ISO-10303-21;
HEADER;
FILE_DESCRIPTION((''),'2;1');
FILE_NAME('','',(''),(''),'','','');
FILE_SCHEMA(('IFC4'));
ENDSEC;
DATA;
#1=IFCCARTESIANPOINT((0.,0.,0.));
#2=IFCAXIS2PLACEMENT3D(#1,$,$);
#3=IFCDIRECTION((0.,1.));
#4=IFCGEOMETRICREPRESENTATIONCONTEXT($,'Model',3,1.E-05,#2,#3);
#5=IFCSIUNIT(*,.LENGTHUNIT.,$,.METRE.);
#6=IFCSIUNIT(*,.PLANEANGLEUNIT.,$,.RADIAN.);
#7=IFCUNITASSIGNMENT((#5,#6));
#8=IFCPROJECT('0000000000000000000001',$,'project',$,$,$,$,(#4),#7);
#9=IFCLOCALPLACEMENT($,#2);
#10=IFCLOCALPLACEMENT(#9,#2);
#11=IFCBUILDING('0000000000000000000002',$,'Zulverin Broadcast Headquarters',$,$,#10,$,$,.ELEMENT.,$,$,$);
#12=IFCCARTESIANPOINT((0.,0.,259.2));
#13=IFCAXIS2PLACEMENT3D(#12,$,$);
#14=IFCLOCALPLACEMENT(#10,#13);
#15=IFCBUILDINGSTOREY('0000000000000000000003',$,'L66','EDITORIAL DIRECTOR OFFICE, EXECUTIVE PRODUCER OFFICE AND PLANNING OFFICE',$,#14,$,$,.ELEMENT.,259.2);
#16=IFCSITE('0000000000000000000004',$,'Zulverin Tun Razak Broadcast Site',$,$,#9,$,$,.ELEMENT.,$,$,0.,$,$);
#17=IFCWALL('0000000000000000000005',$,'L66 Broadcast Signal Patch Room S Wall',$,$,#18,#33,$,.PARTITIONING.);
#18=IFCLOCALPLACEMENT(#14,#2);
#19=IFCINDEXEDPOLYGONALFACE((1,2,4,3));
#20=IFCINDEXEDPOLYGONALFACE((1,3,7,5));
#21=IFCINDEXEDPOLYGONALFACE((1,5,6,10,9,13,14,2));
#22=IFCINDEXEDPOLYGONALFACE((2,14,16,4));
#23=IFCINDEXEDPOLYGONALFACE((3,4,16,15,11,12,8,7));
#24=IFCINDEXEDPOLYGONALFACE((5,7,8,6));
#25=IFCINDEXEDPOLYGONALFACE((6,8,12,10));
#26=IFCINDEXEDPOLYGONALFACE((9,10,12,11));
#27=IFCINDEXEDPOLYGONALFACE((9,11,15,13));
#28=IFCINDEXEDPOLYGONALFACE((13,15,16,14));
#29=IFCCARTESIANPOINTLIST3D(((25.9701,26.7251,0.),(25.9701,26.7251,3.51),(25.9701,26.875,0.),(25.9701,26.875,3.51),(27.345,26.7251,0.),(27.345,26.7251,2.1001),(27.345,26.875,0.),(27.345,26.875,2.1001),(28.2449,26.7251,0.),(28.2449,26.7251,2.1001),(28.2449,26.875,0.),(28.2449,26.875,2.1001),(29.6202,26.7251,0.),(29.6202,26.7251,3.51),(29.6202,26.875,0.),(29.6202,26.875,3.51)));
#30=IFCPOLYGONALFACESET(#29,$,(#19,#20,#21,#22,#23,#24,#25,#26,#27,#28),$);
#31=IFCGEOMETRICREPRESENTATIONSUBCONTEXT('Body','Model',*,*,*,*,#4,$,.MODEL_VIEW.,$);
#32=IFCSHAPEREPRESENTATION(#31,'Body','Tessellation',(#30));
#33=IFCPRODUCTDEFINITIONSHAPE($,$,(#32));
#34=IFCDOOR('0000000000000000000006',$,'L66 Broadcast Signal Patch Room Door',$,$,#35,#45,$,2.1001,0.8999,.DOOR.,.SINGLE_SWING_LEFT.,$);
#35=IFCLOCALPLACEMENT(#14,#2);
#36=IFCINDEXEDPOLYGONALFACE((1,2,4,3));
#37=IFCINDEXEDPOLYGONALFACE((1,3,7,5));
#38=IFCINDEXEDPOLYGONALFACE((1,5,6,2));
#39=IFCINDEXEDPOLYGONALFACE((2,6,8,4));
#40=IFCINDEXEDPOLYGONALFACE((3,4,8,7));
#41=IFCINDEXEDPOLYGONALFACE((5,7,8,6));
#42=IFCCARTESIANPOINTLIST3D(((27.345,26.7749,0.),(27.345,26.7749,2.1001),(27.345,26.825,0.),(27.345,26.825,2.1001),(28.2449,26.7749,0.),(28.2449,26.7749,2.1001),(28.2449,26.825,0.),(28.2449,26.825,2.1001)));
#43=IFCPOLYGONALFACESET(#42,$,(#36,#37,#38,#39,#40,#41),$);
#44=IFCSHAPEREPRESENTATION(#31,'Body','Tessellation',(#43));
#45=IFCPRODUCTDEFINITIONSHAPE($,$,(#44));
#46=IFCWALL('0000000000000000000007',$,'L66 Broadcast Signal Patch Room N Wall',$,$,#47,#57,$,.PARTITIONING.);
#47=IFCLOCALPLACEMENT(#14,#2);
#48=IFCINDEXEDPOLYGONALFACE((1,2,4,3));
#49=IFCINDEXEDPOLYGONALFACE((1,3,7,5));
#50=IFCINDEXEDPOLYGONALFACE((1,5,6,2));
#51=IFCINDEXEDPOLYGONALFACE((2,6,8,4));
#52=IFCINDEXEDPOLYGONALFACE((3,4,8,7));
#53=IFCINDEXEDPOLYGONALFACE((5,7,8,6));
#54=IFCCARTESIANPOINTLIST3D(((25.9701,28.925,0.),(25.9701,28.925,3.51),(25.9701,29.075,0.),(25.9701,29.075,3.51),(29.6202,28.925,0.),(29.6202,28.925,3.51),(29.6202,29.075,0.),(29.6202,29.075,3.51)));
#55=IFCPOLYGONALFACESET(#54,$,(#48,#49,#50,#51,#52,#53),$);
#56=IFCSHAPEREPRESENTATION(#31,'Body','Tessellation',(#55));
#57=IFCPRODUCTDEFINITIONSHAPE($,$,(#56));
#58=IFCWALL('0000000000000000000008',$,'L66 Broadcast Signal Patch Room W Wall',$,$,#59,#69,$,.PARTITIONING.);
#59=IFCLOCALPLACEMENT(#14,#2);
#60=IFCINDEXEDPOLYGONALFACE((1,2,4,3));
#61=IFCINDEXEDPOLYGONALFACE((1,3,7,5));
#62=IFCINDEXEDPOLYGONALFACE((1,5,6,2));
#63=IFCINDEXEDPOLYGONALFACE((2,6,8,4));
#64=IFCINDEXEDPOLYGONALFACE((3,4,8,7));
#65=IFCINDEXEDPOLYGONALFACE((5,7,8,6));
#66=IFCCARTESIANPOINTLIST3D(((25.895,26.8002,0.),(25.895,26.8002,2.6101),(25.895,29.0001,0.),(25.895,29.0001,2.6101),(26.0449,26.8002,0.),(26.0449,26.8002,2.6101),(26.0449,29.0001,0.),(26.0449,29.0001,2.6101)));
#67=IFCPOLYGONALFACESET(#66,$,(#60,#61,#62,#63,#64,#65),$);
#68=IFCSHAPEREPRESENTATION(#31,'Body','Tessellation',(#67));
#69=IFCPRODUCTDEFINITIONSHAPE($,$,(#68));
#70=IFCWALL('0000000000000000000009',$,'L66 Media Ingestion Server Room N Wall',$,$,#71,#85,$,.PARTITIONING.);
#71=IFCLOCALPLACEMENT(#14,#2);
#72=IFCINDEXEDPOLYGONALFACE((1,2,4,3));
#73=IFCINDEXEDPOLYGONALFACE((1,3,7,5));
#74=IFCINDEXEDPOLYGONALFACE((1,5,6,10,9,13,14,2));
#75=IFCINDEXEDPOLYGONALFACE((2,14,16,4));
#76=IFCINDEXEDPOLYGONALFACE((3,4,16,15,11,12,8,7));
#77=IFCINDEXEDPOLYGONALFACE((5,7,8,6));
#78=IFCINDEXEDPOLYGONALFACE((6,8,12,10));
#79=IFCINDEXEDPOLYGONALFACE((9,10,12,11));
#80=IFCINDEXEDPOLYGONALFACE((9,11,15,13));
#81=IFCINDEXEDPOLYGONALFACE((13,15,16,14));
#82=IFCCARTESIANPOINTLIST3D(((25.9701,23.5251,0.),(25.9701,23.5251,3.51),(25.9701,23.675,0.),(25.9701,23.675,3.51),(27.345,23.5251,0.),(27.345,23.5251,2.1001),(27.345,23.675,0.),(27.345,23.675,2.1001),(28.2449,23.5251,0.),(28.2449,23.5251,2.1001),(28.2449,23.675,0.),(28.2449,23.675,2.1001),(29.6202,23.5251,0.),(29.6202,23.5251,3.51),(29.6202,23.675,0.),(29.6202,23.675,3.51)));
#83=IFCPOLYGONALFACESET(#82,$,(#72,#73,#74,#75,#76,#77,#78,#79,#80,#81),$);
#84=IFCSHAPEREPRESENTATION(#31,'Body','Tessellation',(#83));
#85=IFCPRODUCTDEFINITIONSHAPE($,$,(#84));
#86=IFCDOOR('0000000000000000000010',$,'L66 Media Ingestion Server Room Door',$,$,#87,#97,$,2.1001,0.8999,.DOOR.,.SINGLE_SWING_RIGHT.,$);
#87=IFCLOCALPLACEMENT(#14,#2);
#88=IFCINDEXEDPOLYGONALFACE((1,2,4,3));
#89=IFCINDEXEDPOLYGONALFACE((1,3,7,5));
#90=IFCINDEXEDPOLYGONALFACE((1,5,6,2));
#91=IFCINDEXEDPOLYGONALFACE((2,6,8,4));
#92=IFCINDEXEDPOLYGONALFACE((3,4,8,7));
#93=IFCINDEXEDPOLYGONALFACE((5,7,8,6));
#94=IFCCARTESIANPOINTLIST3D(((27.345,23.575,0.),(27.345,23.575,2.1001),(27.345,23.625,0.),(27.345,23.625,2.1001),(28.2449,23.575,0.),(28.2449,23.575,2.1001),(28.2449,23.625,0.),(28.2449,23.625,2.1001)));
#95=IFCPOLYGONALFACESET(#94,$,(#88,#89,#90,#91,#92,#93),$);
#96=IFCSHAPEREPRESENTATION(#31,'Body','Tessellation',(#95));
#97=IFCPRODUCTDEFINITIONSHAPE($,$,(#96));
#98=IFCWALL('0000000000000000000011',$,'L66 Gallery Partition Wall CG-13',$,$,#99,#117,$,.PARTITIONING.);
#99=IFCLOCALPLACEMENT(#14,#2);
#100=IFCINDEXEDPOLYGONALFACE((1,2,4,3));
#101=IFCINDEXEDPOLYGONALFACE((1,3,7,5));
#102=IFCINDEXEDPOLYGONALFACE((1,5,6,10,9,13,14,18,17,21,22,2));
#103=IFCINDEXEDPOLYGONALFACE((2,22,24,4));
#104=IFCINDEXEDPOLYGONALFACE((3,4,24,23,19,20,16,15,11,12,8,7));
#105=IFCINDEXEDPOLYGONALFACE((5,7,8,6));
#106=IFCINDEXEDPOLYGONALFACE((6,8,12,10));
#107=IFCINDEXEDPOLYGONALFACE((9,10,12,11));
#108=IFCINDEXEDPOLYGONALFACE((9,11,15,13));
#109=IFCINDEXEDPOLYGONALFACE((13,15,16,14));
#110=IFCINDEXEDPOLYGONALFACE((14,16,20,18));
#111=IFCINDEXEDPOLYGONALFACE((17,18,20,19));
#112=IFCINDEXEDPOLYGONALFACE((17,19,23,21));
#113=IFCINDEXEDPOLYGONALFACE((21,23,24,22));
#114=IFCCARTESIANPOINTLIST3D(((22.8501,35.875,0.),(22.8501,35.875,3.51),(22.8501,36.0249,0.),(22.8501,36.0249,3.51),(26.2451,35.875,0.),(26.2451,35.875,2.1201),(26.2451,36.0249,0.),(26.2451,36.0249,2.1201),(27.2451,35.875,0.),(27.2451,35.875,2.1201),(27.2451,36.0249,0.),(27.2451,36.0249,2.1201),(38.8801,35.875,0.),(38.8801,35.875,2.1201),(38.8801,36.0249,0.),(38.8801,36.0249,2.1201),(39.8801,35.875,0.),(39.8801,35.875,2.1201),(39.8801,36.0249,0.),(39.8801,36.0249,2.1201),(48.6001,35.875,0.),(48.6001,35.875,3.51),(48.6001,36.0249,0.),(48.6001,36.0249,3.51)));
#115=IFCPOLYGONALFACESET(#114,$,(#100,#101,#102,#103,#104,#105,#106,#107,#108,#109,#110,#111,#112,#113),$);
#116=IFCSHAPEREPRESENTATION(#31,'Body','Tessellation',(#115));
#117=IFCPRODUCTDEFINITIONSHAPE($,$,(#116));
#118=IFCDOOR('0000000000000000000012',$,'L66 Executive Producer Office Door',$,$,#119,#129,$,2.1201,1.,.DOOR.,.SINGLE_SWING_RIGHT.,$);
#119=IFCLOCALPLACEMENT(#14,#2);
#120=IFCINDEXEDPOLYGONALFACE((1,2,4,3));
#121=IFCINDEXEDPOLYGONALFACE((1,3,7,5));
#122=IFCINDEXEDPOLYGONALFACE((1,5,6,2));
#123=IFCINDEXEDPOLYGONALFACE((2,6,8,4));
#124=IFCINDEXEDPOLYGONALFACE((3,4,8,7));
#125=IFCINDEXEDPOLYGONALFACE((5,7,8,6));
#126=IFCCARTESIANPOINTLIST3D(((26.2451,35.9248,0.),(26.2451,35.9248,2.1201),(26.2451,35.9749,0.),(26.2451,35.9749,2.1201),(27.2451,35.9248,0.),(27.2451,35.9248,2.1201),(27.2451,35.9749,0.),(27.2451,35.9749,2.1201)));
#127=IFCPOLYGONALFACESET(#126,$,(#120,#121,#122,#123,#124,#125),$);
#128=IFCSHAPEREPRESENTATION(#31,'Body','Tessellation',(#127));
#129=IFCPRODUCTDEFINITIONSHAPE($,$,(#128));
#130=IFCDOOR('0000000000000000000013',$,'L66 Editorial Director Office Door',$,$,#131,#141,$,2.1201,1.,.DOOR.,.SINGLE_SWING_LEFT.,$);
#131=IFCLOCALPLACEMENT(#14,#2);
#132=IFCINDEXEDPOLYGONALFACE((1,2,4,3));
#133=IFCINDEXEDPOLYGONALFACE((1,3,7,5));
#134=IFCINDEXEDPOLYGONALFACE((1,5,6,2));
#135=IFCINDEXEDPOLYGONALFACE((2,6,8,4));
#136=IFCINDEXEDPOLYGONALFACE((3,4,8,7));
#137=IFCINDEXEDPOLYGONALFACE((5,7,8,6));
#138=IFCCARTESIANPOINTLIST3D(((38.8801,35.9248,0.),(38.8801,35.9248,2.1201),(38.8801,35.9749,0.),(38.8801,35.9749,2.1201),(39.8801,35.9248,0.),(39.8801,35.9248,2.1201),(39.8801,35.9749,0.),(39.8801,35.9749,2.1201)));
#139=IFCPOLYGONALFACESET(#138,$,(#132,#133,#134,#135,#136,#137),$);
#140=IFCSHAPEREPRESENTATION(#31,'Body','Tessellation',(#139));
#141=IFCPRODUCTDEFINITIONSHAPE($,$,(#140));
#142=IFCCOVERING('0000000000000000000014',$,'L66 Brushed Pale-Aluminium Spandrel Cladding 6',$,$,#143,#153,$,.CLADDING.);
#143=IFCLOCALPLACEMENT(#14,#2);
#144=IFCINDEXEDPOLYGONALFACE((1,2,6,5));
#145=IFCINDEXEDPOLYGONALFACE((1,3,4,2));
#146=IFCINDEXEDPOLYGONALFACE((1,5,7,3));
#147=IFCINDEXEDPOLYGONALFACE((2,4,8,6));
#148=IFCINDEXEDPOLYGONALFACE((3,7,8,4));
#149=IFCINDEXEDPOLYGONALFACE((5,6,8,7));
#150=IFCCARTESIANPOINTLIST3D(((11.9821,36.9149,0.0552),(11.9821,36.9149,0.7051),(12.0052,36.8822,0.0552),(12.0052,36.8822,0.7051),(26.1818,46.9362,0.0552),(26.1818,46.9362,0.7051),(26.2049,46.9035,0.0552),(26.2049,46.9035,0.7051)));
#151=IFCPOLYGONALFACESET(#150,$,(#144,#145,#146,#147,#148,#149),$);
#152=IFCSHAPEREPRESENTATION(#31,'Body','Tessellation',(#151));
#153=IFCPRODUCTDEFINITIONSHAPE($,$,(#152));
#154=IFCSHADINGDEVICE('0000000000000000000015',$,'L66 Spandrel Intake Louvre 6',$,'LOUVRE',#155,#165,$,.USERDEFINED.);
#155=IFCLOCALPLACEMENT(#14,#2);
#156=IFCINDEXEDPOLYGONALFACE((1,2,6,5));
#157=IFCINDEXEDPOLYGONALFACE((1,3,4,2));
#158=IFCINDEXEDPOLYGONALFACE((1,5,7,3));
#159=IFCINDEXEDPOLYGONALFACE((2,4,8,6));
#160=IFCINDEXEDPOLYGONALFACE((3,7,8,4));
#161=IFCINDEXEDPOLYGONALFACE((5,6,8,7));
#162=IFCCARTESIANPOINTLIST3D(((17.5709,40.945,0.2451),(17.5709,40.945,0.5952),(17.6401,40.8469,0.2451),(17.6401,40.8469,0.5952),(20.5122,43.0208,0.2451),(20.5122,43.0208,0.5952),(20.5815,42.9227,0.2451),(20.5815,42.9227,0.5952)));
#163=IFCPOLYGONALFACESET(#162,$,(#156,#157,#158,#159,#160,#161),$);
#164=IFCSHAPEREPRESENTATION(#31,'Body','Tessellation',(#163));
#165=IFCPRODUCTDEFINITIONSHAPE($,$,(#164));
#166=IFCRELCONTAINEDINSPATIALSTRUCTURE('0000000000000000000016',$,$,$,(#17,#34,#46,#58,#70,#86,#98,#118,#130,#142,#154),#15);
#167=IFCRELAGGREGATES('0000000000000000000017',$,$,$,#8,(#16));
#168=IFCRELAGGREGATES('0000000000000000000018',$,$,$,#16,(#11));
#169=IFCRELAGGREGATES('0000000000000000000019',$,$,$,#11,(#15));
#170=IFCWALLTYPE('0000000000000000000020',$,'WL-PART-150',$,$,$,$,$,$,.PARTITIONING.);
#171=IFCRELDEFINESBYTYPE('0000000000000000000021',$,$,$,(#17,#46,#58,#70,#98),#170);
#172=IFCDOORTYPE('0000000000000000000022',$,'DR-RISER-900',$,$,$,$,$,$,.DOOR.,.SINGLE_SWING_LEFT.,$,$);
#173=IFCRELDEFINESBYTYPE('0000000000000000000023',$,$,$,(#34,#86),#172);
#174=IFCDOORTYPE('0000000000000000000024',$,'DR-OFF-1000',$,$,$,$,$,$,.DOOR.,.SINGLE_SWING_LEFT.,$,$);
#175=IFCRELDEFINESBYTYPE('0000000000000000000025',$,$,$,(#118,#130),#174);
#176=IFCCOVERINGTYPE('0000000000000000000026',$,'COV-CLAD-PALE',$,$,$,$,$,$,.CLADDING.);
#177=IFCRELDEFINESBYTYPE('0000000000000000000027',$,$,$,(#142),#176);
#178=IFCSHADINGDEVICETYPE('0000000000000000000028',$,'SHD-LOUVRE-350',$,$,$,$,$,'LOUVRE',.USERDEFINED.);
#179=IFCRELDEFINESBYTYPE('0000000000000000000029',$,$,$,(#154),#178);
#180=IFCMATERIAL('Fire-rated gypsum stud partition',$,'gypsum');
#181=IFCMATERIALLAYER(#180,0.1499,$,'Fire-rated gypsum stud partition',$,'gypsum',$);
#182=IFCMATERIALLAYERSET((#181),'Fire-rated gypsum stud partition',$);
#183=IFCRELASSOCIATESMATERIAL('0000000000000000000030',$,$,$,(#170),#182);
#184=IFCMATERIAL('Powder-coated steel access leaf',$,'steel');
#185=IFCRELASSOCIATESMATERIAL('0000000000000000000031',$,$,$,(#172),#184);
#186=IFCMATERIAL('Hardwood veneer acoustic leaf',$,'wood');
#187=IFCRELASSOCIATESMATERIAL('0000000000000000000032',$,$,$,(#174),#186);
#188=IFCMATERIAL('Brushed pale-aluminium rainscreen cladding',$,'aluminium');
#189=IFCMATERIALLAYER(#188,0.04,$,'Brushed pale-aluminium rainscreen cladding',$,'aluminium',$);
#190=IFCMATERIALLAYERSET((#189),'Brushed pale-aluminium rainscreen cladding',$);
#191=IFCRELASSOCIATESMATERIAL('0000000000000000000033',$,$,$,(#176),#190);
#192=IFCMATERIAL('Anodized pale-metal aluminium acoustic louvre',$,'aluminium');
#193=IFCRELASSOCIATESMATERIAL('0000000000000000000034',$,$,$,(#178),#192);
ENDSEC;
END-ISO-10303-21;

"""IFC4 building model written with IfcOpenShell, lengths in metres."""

from ifc_helpers import new_model, si_unit, direction, frame, frame_2d, origin, origin_2d, place, context, subcontext, project, spatial, rectangle, extrude, material, layer, layer_set, type_object, element, fill, save


model = new_model("IFC4")

# Units and contexts
model_context = context("Model", 3, precision=1e-05, world=origin(), true_north=direction((0.0, 1.0)))
body_context = subcontext(model_context, "Body", "Model", "MODEL_VIEW")
ifc_project = project(units=[si_unit("LENGTHUNIT", "METRE"), si_unit("PLANEANGLEUNIT", "RADIAN")], contexts=[model_context])

# Site, building, storey
site_placement = place(None, origin())
site = spatial("IfcSite", under=ifc_project, at=site_placement, Name="Zulverin Tun Razak Broadcast Site", CompositionType="ELEMENT", RefElevation=0.0)
building_placement = place(site_placement, origin())
building = spatial("IfcBuilding", under=site, at=building_placement, Name="Zulverin Broadcast Headquarters", CompositionType="ELEMENT")
storey_placement = place(building_placement, frame((0.0, 0.0, 259.2)))
storey = spatial("IfcBuildingStorey", under=building, at=storey_placement, Name="L66", Description="EDITORIAL DIRECTOR OFFICE, EXECUTIVE PRODUCER OFFICE AND PLANNING OFFICE", CompositionType="ELEMENT", Elevation=259.2)

# Wall, opening, door
ifc_material_1 = material(Name="Fire-rated gypsum stud partition", Category="gypsum")
ifc_layer_1 = layer(ifc_material_1, 0.1499, Name="Fire-rated gypsum stud partition", Category="gypsum")
ifc_layer_set_1 = layer_set([ifc_layer_1], Name="Fire-rated gypsum stud partition")
wall_type_1 = type_object("IfcWallType", Name="WL-PART-150", PredefinedType="PARTITIONING", material=ifc_layer_set_1)
wall_1_placement = place(storey_placement, frame((25.97, 26.8, 0.0), z_axis=(0.0, 0.0, 1.0), x_axis=(1.0, 0.0, 0.0)))
wall_1 = element("IfcWall", 1, at=wall_1_placement, inside=storey, type_object=wall_type_1, Name="L66 Broadcast Signal Patch Room S Wall", PredefinedType="PARTITIONING", context=body_context, shape_type="SweptSolid", body=[
    extrude(rectangle(XDim=3.6501, YDim=0.1499, at=frame_2d((1.8252, 0.0))), origin(), (0.0, 0.0, 1.0), 3.51),
])
opening_1_placement = place(wall_1_placement, frame((1.375, 0.0, 0.0)))
opening_1 = element("IfcOpeningElement", 2, at=opening_1_placement, cuts=wall_1, PredefinedType="OPENING", context=body_context, shape_type="SweptSolid", body=[
    extrude(rectangle(XDim=0.8999, YDim=2.1001, at=frame_2d((0.45, 1.05))), frame((0.0, 0.085, 0.0), z_axis=(0.0, -1.0, 0.0), x_axis=(1.0, 0.0, 0.0)), (0.0, 0.0, 1.0), 0.1699),
])
ifc_material_2 = material(Name="Powder-coated steel access leaf", Category="steel")
door_type_1 = type_object("IfcDoorType", Name="DR-RISER-900", OperationType="SINGLE_SWING_LEFT", PredefinedType="DOOR", material=ifc_material_2)
door_1_placement = place(opening_1_placement, origin())
door_1 = element("IfcDoor", 3, at=door_1_placement, inside=storey, type_object=door_type_1, Name="L66 Broadcast Signal Patch Room Door", OperationType="SINGLE_SWING_LEFT", OverallHeight=2.1001, OverallWidth=0.8999, PredefinedType="DOOR", context=body_context, shape_type="SweptSolid", body=[
    extrude(rectangle(XDim=0.8999, YDim=2.1001, at=frame_2d((0.45, 1.05))), frame((0.0, 0.0249, 0.0), z_axis=(0.0, -1.0, 0.0), x_axis=(1.0, 0.0, 0.0)), (0.0, 0.0, 1.0), 0.05),
])
fill(opening_1, door_1)

# Walls
wall_2_placement = place(storey_placement, frame((25.97, 29.0, 0.0), z_axis=(0.0, 0.0, 1.0), x_axis=(1.0, 0.0, 0.0)))
element("IfcWall", 4, at=wall_2_placement, inside=storey, type_object=wall_type_1, Name="L66 Broadcast Signal Patch Room N Wall", PredefinedType="PARTITIONING", context=body_context, shape_type="SweptSolid", body=[
    extrude(rectangle(XDim=3.6501, YDim=0.1499, at=frame_2d((1.8252, 0.0))), origin(), (0.0, 0.0, 1.0), 3.51),
])
wall_3_placement = place(storey_placement, frame((25.97, 26.8, 0.0), z_axis=(0.0, 0.0, 1.0), x_axis=(0.0, 1.0, 0.0)))
element("IfcWall", 5, at=wall_3_placement, inside=storey, type_object=wall_type_1, Name="L66 Broadcast Signal Patch Room W Wall", PredefinedType="PARTITIONING", context=body_context, shape_type="SweptSolid", body=[
    extrude(rectangle(XDim=2.2, YDim=0.1499, at=frame_2d((1.1001, 0.0))), origin(), (0.0, 0.0, 1.0), 2.6101),
])

# Wall, opening, door
wall_4_placement = place(storey_placement, frame((25.97, 23.6001, 0.0), z_axis=(0.0, 0.0, 1.0), x_axis=(1.0, 0.0, 0.0)))
wall_4 = element("IfcWall", 6, at=wall_4_placement, inside=storey, type_object=wall_type_1, Name="L66 Media Ingestion Server Room N Wall", PredefinedType="PARTITIONING", context=body_context, shape_type="SweptSolid", body=[
    extrude(rectangle(XDim=3.6501, YDim=0.1499, at=frame_2d((1.8252, 0.0))), origin(), (0.0, 0.0, 1.0), 3.51),
])
opening_2_placement = place(wall_4_placement, frame((1.375, 0.0, 0.0)))
opening_2 = element("IfcOpeningElement", 7, at=opening_2_placement, cuts=wall_4, PredefinedType="OPENING", context=body_context, shape_type="SweptSolid", body=[
    extrude(rectangle(XDim=0.8999, YDim=2.1001, at=frame_2d((0.45, 1.05))), frame((0.0, 0.085, 0.0), z_axis=(0.0, -1.0, 0.0), x_axis=(1.0, 0.0, 0.0)), (0.0, 0.0, 1.0), 0.1699),
])
door_2_placement = place(opening_2_placement, origin())
door_2 = element("IfcDoor", 8, at=door_2_placement, inside=storey, type_object=door_type_1, Name="L66 Media Ingestion Server Room Door", OperationType="SINGLE_SWING_RIGHT", OverallHeight=2.1001, OverallWidth=0.8999, PredefinedType="DOOR", context=body_context, shape_type="SweptSolid", body=[
    extrude(rectangle(XDim=0.8999, YDim=2.1001, at=frame_2d((0.45, 1.05))), frame((0.0, 0.0249, 0.0), z_axis=(0.0, -1.0, 0.0), x_axis=(1.0, 0.0, 0.0)), (0.0, 0.0, 1.0), 0.05),
])
fill(opening_2, door_2)

# Wall, openings, doors
wall_5_placement = place(storey_placement, frame((22.8501, 35.95, 0.0), z_axis=(0.0, 0.0, 1.0), x_axis=(1.0, 0.0, 0.0)))
wall_5 = element("IfcWall", 9, at=wall_5_placement, inside=storey, type_object=wall_type_1, Name="L66 Gallery Partition Wall CG-13", PredefinedType="PARTITIONING", context=body_context, shape_type="SweptSolid", body=[
    extrude(rectangle(XDim=25.75, YDim=0.1499, at=frame_2d((12.875, 0.0))), origin(), (0.0, 0.0, 1.0), 3.51),
])
opening_3_placement = place(wall_5_placement, frame((3.395, 0.0, 0.0)))
opening_3 = element("IfcOpeningElement", 10, at=opening_3_placement, cuts=wall_5, PredefinedType="OPENING", context=body_context, shape_type="SweptSolid", body=[
    extrude(rectangle(XDim=1.0, YDim=2.1201, at=frame_2d((0.5, 1.0601))), frame((0.0, 0.085, 0.0), z_axis=(0.0, -1.0, 0.0), x_axis=(1.0, 0.0, 0.0)), (0.0, 0.0, 1.0), 0.1699),
])
opening_4_placement = place(wall_5_placement, frame((16.03, 0.0, 0.0)))
opening_4 = element("IfcOpeningElement", 11, at=opening_4_placement, cuts=wall_5, PredefinedType="OPENING", context=body_context, shape_type="SweptSolid", body=[
    extrude(rectangle(XDim=1.0, YDim=2.1201, at=frame_2d((0.5, 1.0601))), frame((0.0, 0.085, 0.0), z_axis=(0.0, -1.0, 0.0), x_axis=(1.0, 0.0, 0.0)), (0.0, 0.0, 1.0), 0.1699),
])
ifc_material_3 = material(Name="Hardwood veneer acoustic leaf", Category="wood")
door_type_2 = type_object("IfcDoorType", Name="DR-OFF-1000", OperationType="SINGLE_SWING_LEFT", PredefinedType="DOOR", material=ifc_material_3)
door_3_placement = place(opening_3_placement, origin())
door_3 = element("IfcDoor", 12, at=door_3_placement, inside=storey, type_object=door_type_2, Name="L66 Executive Producer Office Door", OperationType="SINGLE_SWING_RIGHT", OverallHeight=2.1201, OverallWidth=1.0, PredefinedType="DOOR", context=body_context, shape_type="SweptSolid", body=[
    extrude(rectangle(XDim=1.0, YDim=2.1201, at=frame_2d((0.5, 1.0601))), frame((0.0, 0.0249, 0.0), z_axis=(0.0, -1.0, 0.0), x_axis=(1.0, 0.0, 0.0)), (0.0, 0.0, 1.0), 0.05),
])
fill(opening_3, door_3)
door_4_placement = place(opening_4_placement, origin())
door_4 = element("IfcDoor", 13, at=door_4_placement, inside=storey, type_object=door_type_2, Name="L66 Editorial Director Office Door", OperationType="SINGLE_SWING_LEFT", OverallHeight=2.1201, OverallWidth=1.0, PredefinedType="DOOR", context=body_context, shape_type="SweptSolid", body=[
    extrude(rectangle(XDim=1.0, YDim=2.1201, at=frame_2d((0.5, 1.0601))), frame((0.0, 0.0249, 0.0), z_axis=(0.0, -1.0, 0.0), x_axis=(1.0, 0.0, 0.0)), (0.0, 0.0, 1.0), 0.05),
])
fill(opening_4, door_4)

# Covering
ifc_material_4 = material(Name="Brushed pale-aluminium rainscreen cladding", Category="aluminium")
ifc_layer_2 = layer(ifc_material_4, 0.04, Name="Brushed pale-aluminium rainscreen cladding", Category="aluminium")
ifc_layer_set_2 = layer_set([ifc_layer_2], Name="Brushed pale-aluminium rainscreen cladding")
covering_type = type_object("IfcCoveringType", Name="COV-CLAD-PALE", PredefinedType="CLADDING", material=ifc_layer_set_2)
covering_placement = place(storey_placement, frame((19.0935, 41.9092, 0.0552), z_axis=(0.0, 0.0, 1.0), x_axis=(-0.817023, -0.576605, 0.0)))
element("IfcCovering", 14, at=covering_placement, inside=storey, type_object=covering_type, Name="L66 Brushed Pale-Aluminium Spandrel Cladding 6", PredefinedType="CLADDING", context=body_context, shape_type="SweptSolid", body=[
    extrude(rectangle(XDim=17.3799, YDim=0.04, at=origin_2d()), origin(), (0.0, 0.0, 1.0), 0.6499),
])

# Shading device
ifc_material_5 = material(Name="Anodized pale-metal aluminium acoustic louvre", Category="aluminium")
shading_device_type_1 = type_object("IfcShadingDeviceType", Name="SHD-LOUVRE-350", ElementType="LOUVRE", PredefinedType="USERDEFINED", material=ifc_material_5)
shading_device_1_placement = place(storey_placement, frame((19.0762, 41.9338, 0.2451), z_axis=(0.0, 0.0, 1.0), x_axis=(-0.817023, -0.576605, 0.0)))
element("IfcShadingDevice", 15, at=shading_device_1_placement, inside=storey, type_object=shading_device_type_1, Name="L66 Spandrel Intake Louvre 6", ObjectType="LOUVRE", PredefinedType="USERDEFINED", context=body_context, shape_type="SweptSolid", body=[
    extrude(rectangle(XDim=3.6001, YDim=0.1201, at=origin_2d()), origin(), (0.0, 0.0, 1.0), 0.3501),
])

save(model, "model.ifc")
